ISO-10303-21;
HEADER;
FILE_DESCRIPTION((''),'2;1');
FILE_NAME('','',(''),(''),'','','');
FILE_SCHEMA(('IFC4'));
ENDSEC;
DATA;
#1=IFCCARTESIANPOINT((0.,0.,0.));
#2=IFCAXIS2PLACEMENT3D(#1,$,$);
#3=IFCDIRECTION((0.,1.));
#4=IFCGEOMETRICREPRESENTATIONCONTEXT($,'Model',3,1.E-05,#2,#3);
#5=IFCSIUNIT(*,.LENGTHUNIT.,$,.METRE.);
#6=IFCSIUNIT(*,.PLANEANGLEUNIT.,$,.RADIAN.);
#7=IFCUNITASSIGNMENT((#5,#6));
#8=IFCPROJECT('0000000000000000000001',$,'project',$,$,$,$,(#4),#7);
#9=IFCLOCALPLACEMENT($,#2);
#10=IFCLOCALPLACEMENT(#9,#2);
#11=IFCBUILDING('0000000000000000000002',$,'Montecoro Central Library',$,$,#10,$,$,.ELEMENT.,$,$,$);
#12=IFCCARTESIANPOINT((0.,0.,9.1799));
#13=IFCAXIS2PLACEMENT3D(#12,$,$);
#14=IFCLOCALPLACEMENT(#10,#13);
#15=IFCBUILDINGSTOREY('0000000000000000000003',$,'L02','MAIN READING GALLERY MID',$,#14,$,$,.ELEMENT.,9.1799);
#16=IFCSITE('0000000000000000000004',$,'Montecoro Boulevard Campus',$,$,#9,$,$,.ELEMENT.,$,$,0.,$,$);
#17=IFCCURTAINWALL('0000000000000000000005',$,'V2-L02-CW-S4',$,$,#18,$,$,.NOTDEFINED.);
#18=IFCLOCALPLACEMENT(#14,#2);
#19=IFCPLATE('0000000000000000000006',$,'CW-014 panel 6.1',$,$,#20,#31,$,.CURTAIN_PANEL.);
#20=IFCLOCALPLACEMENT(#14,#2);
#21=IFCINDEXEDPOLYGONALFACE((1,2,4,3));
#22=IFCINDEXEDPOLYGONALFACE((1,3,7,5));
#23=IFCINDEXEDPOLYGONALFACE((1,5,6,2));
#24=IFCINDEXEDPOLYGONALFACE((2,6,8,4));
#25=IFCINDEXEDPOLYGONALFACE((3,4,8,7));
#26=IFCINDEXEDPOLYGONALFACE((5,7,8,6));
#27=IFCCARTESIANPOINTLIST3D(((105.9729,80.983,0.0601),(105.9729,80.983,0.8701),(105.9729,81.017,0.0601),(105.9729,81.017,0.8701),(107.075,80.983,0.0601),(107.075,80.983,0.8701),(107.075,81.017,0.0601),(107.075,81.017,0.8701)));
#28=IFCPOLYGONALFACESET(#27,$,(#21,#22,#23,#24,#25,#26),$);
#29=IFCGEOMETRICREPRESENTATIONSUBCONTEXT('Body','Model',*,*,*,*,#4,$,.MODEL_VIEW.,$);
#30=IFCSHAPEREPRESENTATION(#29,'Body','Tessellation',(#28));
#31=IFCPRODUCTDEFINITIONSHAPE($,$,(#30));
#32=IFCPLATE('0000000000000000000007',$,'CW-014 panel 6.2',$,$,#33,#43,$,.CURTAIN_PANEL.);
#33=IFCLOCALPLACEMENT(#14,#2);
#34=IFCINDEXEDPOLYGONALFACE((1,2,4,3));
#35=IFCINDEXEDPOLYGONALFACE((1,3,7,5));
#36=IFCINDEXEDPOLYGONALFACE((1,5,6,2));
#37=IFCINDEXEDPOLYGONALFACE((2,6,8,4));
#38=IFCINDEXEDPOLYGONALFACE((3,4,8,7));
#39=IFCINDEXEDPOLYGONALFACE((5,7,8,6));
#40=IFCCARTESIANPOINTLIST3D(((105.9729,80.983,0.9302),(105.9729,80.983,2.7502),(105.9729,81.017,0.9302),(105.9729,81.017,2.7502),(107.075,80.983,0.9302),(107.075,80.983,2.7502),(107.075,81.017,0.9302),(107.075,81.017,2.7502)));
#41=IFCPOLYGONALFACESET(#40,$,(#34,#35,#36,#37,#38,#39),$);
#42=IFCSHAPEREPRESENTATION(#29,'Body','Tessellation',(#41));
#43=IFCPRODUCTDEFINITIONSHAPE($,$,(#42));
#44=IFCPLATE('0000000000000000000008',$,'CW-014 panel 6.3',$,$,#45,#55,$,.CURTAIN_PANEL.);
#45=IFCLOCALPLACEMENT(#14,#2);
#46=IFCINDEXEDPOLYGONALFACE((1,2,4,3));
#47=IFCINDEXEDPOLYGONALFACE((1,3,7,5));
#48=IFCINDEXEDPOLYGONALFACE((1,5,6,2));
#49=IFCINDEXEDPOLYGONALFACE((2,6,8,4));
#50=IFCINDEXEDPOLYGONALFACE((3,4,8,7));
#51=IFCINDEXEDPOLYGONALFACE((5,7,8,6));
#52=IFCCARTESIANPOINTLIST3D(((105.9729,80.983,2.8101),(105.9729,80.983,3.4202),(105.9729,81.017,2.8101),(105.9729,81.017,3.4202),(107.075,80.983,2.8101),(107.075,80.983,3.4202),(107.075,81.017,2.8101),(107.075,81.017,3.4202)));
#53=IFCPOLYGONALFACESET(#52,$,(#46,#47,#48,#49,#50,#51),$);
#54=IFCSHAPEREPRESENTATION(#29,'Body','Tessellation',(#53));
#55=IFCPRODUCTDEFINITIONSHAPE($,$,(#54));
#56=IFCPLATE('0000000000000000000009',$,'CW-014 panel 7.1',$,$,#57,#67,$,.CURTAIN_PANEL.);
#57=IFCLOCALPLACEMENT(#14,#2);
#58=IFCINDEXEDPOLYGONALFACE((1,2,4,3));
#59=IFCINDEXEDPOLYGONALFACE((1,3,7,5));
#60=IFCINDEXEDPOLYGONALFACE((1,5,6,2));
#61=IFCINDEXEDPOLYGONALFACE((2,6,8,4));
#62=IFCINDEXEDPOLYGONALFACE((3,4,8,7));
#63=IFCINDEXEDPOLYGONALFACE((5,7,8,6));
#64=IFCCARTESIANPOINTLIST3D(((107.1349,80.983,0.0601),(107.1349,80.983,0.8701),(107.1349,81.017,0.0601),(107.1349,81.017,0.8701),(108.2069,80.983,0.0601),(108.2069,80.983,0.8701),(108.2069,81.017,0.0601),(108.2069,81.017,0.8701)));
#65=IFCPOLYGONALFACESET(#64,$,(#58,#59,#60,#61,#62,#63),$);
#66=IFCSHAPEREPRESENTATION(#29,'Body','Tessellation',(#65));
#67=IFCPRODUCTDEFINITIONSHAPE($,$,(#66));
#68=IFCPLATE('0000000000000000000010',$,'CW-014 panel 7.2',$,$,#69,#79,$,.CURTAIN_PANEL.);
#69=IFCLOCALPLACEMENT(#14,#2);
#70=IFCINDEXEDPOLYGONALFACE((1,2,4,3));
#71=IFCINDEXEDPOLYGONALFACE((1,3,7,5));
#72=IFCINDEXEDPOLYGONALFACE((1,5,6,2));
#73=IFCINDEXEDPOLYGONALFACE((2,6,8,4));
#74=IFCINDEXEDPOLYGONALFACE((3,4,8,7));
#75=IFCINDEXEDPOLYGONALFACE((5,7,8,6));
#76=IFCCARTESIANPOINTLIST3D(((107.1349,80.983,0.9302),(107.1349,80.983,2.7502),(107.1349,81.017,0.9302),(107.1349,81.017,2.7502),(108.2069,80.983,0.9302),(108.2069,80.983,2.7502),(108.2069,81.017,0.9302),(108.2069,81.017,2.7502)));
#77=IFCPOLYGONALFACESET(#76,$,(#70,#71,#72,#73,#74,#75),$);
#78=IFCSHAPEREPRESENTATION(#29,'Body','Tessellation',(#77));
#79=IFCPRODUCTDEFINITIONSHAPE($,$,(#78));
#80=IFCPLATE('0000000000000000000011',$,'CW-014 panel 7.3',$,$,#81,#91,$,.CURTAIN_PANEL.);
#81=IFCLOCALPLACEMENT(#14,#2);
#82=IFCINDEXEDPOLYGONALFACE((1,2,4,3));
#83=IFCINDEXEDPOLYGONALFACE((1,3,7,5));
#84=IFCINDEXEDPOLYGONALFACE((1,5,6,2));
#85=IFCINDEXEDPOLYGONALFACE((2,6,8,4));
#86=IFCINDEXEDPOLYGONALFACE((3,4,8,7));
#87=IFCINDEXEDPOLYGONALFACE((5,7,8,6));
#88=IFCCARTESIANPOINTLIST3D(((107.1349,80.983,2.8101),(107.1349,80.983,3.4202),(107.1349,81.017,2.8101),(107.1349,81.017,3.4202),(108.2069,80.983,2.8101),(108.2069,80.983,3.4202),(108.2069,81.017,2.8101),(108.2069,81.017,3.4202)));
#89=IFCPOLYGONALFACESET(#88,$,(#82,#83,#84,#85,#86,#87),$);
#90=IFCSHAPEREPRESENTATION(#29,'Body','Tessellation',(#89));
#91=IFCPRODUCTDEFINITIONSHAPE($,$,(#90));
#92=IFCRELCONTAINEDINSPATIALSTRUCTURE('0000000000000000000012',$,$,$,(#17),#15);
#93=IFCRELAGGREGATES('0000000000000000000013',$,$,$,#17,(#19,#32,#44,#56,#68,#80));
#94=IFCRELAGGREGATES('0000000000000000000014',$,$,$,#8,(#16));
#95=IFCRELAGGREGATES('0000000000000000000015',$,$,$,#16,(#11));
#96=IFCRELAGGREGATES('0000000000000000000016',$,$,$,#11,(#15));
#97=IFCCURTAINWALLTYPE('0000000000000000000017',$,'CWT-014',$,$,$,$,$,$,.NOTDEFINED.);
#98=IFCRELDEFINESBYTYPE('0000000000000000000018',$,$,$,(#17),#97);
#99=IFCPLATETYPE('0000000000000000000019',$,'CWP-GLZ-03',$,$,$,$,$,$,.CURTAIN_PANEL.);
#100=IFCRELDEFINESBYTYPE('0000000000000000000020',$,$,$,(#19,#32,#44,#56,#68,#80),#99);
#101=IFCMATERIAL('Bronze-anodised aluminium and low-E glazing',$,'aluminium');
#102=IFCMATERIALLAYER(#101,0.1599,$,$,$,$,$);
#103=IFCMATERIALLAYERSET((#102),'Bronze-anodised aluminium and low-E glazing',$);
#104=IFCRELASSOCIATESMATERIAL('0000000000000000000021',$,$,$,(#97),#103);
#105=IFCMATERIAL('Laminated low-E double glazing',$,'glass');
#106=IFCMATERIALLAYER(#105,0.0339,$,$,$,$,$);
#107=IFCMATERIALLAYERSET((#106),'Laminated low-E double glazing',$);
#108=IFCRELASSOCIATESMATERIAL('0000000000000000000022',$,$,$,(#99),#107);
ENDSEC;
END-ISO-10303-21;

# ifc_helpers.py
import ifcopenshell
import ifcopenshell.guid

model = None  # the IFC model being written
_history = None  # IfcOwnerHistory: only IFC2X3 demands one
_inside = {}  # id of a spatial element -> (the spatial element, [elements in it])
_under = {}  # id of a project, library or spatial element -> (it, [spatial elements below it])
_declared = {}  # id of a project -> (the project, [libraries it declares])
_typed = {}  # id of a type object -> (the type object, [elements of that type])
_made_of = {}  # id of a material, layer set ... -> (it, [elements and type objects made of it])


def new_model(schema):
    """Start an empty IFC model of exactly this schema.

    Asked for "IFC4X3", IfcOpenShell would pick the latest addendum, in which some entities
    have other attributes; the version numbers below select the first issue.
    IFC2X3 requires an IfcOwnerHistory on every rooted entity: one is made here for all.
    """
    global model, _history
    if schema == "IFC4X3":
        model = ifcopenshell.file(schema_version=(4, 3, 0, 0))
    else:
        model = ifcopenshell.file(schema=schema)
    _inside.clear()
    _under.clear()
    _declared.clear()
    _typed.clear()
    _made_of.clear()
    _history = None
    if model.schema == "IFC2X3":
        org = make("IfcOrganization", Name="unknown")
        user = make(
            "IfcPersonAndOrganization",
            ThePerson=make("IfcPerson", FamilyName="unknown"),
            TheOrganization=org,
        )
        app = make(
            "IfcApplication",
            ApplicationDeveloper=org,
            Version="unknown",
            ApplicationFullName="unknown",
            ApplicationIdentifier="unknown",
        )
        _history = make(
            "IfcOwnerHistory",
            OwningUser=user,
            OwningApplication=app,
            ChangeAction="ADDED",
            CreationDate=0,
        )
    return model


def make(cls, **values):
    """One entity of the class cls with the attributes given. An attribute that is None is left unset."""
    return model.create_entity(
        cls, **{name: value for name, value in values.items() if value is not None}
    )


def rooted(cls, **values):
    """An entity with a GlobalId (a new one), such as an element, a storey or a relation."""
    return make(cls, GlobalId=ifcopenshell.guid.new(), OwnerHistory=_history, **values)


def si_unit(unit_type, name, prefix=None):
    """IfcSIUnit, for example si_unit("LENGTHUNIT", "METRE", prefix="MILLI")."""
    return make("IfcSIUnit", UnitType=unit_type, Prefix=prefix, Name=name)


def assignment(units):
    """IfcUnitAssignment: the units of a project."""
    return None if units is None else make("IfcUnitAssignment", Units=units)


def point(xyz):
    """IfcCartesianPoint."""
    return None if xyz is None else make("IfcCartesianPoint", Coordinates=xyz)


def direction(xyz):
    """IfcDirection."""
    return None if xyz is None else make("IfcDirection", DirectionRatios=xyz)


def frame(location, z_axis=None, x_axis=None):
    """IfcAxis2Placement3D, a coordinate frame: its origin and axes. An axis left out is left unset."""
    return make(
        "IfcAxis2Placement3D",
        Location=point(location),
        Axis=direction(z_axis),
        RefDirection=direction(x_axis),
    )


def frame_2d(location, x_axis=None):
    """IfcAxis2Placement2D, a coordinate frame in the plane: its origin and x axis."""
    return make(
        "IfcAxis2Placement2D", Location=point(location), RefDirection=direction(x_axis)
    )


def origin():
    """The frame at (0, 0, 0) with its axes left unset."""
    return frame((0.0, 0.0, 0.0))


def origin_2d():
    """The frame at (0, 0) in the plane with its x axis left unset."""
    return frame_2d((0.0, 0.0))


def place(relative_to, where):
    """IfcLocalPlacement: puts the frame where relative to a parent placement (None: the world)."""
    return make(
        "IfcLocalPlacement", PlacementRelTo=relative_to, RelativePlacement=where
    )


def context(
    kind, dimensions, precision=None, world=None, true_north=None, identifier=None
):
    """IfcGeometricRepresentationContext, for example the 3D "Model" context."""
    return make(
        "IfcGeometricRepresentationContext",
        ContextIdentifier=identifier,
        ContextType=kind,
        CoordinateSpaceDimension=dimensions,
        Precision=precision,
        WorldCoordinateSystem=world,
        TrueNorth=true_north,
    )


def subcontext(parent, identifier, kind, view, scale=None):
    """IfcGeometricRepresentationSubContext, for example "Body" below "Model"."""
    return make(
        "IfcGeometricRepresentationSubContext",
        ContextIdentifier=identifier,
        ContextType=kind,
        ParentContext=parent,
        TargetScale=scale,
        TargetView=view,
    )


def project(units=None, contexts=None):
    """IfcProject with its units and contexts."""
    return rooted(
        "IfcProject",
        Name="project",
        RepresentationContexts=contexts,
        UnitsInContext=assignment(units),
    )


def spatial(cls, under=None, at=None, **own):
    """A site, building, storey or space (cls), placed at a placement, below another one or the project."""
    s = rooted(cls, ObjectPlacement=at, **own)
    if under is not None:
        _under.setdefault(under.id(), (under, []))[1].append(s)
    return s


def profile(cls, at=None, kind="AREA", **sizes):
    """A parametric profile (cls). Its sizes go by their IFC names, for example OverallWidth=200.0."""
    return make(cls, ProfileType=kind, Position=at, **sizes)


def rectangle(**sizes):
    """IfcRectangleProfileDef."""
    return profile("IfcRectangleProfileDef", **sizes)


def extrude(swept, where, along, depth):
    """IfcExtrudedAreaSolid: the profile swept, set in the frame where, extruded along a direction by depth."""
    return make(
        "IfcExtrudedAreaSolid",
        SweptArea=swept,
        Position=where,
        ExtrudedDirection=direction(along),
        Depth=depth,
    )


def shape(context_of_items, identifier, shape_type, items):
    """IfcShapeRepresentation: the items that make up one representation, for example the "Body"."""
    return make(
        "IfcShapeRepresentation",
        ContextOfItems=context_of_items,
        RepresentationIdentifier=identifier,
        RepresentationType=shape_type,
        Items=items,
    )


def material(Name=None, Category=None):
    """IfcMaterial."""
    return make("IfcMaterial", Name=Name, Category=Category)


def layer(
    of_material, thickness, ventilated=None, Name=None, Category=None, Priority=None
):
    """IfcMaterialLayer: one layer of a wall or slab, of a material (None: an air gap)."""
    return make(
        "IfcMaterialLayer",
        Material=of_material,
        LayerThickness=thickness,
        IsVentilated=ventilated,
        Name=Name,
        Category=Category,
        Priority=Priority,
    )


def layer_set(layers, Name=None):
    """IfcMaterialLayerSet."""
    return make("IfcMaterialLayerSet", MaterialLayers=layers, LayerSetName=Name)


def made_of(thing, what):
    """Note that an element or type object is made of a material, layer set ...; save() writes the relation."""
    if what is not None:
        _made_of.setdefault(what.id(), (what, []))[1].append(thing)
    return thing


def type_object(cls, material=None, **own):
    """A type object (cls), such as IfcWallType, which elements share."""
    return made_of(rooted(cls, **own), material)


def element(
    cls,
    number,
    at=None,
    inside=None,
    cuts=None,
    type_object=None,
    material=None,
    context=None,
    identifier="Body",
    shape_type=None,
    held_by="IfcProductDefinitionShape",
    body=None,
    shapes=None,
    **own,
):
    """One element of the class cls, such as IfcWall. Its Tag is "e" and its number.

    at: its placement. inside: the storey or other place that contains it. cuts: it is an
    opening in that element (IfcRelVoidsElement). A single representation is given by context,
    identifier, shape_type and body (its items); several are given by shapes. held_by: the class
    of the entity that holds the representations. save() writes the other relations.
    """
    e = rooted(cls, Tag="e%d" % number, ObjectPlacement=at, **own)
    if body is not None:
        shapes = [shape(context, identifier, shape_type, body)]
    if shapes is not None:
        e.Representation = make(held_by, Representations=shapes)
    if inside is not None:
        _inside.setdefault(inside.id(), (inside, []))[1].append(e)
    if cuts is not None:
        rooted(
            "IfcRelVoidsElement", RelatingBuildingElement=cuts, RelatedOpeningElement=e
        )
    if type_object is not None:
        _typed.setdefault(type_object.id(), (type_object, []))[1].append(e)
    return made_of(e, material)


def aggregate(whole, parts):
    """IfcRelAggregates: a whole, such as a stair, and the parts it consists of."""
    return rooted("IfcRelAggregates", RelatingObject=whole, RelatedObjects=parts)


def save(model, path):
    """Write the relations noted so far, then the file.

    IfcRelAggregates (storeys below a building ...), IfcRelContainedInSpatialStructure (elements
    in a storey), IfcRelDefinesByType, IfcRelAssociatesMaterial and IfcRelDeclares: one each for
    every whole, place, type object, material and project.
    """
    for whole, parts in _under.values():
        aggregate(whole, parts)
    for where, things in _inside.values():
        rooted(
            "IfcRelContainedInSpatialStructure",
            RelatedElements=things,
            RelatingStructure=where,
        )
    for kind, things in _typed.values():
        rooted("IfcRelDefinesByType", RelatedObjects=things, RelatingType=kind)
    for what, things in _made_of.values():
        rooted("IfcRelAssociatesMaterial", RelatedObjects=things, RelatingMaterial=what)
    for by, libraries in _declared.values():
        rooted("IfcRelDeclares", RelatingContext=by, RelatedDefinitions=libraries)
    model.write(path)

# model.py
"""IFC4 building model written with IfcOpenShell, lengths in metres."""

from ifc_helpers import new_model, si_unit, direction, frame, origin, origin_2d, place, context, subcontext, project, spatial, rectangle, extrude, material, layer, layer_set, type_object, element, aggregate, save


model = new_model("IFC4")

# Units and contexts
model_context = context("Model", 3, precision=1e-05, world=origin(), true_north=direction((0.0, 1.0)))
body_context = subcontext(model_context, "Body", "Model", "MODEL_VIEW")
ifc_project = project(units=[si_unit("LENGTHUNIT", "METRE"), si_unit("PLANEANGLEUNIT", "RADIAN")], contexts=[model_context])

# Site, building, storey
site_placement = place(None, origin())
site = spatial("IfcSite", under=ifc_project, at=site_placement, Name="Montecoro Boulevard Campus", CompositionType="ELEMENT", RefElevation=0.0)
building_placement = place(site_placement, origin())
building = spatial("IfcBuilding", under=site, at=building_placement, Name="Montecoro Central Library", CompositionType="ELEMENT")
storey_placement = place(building_placement, frame((0.0, 0.0, 9.1799)))
storey = spatial("IfcBuildingStorey", under=building, at=storey_placement, Name="L02", Description="MAIN READING GALLERY MID", CompositionType="ELEMENT", Elevation=9.1799)

# Curtain wall, plates
ifc_material_1 = material(Name="Bronze-anodised aluminium and low-E glazing", Category="aluminium")
ifc_layer_1 = layer(ifc_material_1, 0.1599)
ifc_layer_set_1 = layer_set([ifc_layer_1], Name="Bronze-anodised aluminium and low-E glazing")
curtain_wall_type = type_object("IfcCurtainWallType", Name="CWT-014", PredefinedType="NOTDEFINED", material=ifc_layer_set_1)
curtain_wall_placement = place(storey_placement, origin())
curtain_wall = element("IfcCurtainWall", 1, at=curtain_wall_placement, inside=storey, type_object=curtain_wall_type, Name="V2-L02-CW-S4", PredefinedType="NOTDEFINED")
ifc_material_2 = material(Name="Laminated low-E double glazing", Category="glass")
ifc_layer_2 = layer(ifc_material_2, 0.0339)
ifc_layer_set_2 = layer_set([ifc_layer_2], Name="Laminated low-E double glazing")
plate_type = type_object("IfcPlateType", Name="CWP-GLZ-03", PredefinedType="CURTAIN_PANEL", material=ifc_layer_set_2)
plate_1_placement = place(storey_placement, frame((106.5239, 81.0, 0.0601), z_axis=(0.0, 0.0, 1.0), x_axis=(1.0, 0.0, 0.0)))
plate_1 = element("IfcPlate", 2, at=plate_1_placement, type_object=plate_type, Name="CW-014 panel 6.1", PredefinedType="CURTAIN_PANEL", context=body_context, shape_type="SweptSolid", body=[
    extrude(rectangle(XDim=1.1021, YDim=0.0339, at=origin_2d()), origin(), (0.0, 0.0, 1.0), 0.8101),
])
plate_2_placement = place(storey_placement, frame((106.5239, 81.0, 0.9302), z_axis=(0.0, 0.0, 1.0), x_axis=(1.0, 0.0, 0.0)))
plate_2 = element("IfcPlate", 3, at=plate_2_placement, type_object=plate_type, Name="CW-014 panel 6.2", PredefinedType="CURTAIN_PANEL", context=body_context, shape_type="SweptSolid", body=[
    extrude(rectangle(XDim=1.1021, YDim=0.0339, at=origin_2d()), origin(), (0.0, 0.0, 1.0), 1.8201),
])
plate_3_placement = place(storey_placement, frame((106.5239, 81.0, 2.8101), z_axis=(0.0, 0.0, 1.0), x_axis=(1.0, 0.0, 0.0)))
plate_3 = element("IfcPlate", 4, at=plate_3_placement, type_object=plate_type, Name="CW-014 panel 6.3", PredefinedType="CURTAIN_PANEL", context=body_context, shape_type="SweptSolid", body=[
    extrude(rectangle(XDim=1.1021, YDim=0.0339, at=origin_2d()), origin(), (0.0, 0.0, 1.0), 0.6101),
])
plate_4_placement = place(storey_placement, frame((107.6709, 81.0, 0.0601), z_axis=(0.0, 0.0, 1.0), x_axis=(1.0, 0.0, 0.0)))
plate_4 = element("IfcPlate", 5, at=plate_4_placement, type_object=plate_type, Name="CW-014 panel 7.1", PredefinedType="CURTAIN_PANEL", context=body_context, shape_type="SweptSolid", body=[
    extrude(rectangle(XDim=1.072, YDim=0.0339, at=origin_2d()), origin(), (0.0, 0.0, 1.0), 0.8101),
])
plate_5_placement = place(storey_placement, frame((107.6709, 81.0, 0.9302), z_axis=(0.0, 0.0, 1.0), x_axis=(1.0, 0.0, 0.0)))
plate_5 = element("IfcPlate", 6, at=plate_5_placement, type_object=plate_type, Name="CW-014 panel 7.2", PredefinedType="CURTAIN_PANEL", context=body_context, shape_type="SweptSolid", body=[
    extrude(rectangle(XDim=1.072, YDim=0.0339, at=origin_2d()), origin(), (0.0, 0.0, 1.0), 1.8201),
])
plate_6_placement = place(storey_placement, frame((107.6709, 81.0, 2.8101), z_axis=(0.0, 0.0, 1.0), x_axis=(1.0, 0.0, 0.0)))
plate_6 = element("IfcPlate", 7, at=plate_6_placement, type_object=plate_type, Name="CW-014 panel 7.3", PredefinedType="CURTAIN_PANEL", context=body_context, shape_type="SweptSolid", body=[
    extrude(rectangle(XDim=1.072, YDim=0.0339, at=origin_2d()), origin(), (0.0, 0.0, 1.0), 0.6101),
])
aggregate(curtain_wall, [plate_1, plate_2, plate_3, plate_4, plate_5, plate_6])

save(model, "model.ifc")
